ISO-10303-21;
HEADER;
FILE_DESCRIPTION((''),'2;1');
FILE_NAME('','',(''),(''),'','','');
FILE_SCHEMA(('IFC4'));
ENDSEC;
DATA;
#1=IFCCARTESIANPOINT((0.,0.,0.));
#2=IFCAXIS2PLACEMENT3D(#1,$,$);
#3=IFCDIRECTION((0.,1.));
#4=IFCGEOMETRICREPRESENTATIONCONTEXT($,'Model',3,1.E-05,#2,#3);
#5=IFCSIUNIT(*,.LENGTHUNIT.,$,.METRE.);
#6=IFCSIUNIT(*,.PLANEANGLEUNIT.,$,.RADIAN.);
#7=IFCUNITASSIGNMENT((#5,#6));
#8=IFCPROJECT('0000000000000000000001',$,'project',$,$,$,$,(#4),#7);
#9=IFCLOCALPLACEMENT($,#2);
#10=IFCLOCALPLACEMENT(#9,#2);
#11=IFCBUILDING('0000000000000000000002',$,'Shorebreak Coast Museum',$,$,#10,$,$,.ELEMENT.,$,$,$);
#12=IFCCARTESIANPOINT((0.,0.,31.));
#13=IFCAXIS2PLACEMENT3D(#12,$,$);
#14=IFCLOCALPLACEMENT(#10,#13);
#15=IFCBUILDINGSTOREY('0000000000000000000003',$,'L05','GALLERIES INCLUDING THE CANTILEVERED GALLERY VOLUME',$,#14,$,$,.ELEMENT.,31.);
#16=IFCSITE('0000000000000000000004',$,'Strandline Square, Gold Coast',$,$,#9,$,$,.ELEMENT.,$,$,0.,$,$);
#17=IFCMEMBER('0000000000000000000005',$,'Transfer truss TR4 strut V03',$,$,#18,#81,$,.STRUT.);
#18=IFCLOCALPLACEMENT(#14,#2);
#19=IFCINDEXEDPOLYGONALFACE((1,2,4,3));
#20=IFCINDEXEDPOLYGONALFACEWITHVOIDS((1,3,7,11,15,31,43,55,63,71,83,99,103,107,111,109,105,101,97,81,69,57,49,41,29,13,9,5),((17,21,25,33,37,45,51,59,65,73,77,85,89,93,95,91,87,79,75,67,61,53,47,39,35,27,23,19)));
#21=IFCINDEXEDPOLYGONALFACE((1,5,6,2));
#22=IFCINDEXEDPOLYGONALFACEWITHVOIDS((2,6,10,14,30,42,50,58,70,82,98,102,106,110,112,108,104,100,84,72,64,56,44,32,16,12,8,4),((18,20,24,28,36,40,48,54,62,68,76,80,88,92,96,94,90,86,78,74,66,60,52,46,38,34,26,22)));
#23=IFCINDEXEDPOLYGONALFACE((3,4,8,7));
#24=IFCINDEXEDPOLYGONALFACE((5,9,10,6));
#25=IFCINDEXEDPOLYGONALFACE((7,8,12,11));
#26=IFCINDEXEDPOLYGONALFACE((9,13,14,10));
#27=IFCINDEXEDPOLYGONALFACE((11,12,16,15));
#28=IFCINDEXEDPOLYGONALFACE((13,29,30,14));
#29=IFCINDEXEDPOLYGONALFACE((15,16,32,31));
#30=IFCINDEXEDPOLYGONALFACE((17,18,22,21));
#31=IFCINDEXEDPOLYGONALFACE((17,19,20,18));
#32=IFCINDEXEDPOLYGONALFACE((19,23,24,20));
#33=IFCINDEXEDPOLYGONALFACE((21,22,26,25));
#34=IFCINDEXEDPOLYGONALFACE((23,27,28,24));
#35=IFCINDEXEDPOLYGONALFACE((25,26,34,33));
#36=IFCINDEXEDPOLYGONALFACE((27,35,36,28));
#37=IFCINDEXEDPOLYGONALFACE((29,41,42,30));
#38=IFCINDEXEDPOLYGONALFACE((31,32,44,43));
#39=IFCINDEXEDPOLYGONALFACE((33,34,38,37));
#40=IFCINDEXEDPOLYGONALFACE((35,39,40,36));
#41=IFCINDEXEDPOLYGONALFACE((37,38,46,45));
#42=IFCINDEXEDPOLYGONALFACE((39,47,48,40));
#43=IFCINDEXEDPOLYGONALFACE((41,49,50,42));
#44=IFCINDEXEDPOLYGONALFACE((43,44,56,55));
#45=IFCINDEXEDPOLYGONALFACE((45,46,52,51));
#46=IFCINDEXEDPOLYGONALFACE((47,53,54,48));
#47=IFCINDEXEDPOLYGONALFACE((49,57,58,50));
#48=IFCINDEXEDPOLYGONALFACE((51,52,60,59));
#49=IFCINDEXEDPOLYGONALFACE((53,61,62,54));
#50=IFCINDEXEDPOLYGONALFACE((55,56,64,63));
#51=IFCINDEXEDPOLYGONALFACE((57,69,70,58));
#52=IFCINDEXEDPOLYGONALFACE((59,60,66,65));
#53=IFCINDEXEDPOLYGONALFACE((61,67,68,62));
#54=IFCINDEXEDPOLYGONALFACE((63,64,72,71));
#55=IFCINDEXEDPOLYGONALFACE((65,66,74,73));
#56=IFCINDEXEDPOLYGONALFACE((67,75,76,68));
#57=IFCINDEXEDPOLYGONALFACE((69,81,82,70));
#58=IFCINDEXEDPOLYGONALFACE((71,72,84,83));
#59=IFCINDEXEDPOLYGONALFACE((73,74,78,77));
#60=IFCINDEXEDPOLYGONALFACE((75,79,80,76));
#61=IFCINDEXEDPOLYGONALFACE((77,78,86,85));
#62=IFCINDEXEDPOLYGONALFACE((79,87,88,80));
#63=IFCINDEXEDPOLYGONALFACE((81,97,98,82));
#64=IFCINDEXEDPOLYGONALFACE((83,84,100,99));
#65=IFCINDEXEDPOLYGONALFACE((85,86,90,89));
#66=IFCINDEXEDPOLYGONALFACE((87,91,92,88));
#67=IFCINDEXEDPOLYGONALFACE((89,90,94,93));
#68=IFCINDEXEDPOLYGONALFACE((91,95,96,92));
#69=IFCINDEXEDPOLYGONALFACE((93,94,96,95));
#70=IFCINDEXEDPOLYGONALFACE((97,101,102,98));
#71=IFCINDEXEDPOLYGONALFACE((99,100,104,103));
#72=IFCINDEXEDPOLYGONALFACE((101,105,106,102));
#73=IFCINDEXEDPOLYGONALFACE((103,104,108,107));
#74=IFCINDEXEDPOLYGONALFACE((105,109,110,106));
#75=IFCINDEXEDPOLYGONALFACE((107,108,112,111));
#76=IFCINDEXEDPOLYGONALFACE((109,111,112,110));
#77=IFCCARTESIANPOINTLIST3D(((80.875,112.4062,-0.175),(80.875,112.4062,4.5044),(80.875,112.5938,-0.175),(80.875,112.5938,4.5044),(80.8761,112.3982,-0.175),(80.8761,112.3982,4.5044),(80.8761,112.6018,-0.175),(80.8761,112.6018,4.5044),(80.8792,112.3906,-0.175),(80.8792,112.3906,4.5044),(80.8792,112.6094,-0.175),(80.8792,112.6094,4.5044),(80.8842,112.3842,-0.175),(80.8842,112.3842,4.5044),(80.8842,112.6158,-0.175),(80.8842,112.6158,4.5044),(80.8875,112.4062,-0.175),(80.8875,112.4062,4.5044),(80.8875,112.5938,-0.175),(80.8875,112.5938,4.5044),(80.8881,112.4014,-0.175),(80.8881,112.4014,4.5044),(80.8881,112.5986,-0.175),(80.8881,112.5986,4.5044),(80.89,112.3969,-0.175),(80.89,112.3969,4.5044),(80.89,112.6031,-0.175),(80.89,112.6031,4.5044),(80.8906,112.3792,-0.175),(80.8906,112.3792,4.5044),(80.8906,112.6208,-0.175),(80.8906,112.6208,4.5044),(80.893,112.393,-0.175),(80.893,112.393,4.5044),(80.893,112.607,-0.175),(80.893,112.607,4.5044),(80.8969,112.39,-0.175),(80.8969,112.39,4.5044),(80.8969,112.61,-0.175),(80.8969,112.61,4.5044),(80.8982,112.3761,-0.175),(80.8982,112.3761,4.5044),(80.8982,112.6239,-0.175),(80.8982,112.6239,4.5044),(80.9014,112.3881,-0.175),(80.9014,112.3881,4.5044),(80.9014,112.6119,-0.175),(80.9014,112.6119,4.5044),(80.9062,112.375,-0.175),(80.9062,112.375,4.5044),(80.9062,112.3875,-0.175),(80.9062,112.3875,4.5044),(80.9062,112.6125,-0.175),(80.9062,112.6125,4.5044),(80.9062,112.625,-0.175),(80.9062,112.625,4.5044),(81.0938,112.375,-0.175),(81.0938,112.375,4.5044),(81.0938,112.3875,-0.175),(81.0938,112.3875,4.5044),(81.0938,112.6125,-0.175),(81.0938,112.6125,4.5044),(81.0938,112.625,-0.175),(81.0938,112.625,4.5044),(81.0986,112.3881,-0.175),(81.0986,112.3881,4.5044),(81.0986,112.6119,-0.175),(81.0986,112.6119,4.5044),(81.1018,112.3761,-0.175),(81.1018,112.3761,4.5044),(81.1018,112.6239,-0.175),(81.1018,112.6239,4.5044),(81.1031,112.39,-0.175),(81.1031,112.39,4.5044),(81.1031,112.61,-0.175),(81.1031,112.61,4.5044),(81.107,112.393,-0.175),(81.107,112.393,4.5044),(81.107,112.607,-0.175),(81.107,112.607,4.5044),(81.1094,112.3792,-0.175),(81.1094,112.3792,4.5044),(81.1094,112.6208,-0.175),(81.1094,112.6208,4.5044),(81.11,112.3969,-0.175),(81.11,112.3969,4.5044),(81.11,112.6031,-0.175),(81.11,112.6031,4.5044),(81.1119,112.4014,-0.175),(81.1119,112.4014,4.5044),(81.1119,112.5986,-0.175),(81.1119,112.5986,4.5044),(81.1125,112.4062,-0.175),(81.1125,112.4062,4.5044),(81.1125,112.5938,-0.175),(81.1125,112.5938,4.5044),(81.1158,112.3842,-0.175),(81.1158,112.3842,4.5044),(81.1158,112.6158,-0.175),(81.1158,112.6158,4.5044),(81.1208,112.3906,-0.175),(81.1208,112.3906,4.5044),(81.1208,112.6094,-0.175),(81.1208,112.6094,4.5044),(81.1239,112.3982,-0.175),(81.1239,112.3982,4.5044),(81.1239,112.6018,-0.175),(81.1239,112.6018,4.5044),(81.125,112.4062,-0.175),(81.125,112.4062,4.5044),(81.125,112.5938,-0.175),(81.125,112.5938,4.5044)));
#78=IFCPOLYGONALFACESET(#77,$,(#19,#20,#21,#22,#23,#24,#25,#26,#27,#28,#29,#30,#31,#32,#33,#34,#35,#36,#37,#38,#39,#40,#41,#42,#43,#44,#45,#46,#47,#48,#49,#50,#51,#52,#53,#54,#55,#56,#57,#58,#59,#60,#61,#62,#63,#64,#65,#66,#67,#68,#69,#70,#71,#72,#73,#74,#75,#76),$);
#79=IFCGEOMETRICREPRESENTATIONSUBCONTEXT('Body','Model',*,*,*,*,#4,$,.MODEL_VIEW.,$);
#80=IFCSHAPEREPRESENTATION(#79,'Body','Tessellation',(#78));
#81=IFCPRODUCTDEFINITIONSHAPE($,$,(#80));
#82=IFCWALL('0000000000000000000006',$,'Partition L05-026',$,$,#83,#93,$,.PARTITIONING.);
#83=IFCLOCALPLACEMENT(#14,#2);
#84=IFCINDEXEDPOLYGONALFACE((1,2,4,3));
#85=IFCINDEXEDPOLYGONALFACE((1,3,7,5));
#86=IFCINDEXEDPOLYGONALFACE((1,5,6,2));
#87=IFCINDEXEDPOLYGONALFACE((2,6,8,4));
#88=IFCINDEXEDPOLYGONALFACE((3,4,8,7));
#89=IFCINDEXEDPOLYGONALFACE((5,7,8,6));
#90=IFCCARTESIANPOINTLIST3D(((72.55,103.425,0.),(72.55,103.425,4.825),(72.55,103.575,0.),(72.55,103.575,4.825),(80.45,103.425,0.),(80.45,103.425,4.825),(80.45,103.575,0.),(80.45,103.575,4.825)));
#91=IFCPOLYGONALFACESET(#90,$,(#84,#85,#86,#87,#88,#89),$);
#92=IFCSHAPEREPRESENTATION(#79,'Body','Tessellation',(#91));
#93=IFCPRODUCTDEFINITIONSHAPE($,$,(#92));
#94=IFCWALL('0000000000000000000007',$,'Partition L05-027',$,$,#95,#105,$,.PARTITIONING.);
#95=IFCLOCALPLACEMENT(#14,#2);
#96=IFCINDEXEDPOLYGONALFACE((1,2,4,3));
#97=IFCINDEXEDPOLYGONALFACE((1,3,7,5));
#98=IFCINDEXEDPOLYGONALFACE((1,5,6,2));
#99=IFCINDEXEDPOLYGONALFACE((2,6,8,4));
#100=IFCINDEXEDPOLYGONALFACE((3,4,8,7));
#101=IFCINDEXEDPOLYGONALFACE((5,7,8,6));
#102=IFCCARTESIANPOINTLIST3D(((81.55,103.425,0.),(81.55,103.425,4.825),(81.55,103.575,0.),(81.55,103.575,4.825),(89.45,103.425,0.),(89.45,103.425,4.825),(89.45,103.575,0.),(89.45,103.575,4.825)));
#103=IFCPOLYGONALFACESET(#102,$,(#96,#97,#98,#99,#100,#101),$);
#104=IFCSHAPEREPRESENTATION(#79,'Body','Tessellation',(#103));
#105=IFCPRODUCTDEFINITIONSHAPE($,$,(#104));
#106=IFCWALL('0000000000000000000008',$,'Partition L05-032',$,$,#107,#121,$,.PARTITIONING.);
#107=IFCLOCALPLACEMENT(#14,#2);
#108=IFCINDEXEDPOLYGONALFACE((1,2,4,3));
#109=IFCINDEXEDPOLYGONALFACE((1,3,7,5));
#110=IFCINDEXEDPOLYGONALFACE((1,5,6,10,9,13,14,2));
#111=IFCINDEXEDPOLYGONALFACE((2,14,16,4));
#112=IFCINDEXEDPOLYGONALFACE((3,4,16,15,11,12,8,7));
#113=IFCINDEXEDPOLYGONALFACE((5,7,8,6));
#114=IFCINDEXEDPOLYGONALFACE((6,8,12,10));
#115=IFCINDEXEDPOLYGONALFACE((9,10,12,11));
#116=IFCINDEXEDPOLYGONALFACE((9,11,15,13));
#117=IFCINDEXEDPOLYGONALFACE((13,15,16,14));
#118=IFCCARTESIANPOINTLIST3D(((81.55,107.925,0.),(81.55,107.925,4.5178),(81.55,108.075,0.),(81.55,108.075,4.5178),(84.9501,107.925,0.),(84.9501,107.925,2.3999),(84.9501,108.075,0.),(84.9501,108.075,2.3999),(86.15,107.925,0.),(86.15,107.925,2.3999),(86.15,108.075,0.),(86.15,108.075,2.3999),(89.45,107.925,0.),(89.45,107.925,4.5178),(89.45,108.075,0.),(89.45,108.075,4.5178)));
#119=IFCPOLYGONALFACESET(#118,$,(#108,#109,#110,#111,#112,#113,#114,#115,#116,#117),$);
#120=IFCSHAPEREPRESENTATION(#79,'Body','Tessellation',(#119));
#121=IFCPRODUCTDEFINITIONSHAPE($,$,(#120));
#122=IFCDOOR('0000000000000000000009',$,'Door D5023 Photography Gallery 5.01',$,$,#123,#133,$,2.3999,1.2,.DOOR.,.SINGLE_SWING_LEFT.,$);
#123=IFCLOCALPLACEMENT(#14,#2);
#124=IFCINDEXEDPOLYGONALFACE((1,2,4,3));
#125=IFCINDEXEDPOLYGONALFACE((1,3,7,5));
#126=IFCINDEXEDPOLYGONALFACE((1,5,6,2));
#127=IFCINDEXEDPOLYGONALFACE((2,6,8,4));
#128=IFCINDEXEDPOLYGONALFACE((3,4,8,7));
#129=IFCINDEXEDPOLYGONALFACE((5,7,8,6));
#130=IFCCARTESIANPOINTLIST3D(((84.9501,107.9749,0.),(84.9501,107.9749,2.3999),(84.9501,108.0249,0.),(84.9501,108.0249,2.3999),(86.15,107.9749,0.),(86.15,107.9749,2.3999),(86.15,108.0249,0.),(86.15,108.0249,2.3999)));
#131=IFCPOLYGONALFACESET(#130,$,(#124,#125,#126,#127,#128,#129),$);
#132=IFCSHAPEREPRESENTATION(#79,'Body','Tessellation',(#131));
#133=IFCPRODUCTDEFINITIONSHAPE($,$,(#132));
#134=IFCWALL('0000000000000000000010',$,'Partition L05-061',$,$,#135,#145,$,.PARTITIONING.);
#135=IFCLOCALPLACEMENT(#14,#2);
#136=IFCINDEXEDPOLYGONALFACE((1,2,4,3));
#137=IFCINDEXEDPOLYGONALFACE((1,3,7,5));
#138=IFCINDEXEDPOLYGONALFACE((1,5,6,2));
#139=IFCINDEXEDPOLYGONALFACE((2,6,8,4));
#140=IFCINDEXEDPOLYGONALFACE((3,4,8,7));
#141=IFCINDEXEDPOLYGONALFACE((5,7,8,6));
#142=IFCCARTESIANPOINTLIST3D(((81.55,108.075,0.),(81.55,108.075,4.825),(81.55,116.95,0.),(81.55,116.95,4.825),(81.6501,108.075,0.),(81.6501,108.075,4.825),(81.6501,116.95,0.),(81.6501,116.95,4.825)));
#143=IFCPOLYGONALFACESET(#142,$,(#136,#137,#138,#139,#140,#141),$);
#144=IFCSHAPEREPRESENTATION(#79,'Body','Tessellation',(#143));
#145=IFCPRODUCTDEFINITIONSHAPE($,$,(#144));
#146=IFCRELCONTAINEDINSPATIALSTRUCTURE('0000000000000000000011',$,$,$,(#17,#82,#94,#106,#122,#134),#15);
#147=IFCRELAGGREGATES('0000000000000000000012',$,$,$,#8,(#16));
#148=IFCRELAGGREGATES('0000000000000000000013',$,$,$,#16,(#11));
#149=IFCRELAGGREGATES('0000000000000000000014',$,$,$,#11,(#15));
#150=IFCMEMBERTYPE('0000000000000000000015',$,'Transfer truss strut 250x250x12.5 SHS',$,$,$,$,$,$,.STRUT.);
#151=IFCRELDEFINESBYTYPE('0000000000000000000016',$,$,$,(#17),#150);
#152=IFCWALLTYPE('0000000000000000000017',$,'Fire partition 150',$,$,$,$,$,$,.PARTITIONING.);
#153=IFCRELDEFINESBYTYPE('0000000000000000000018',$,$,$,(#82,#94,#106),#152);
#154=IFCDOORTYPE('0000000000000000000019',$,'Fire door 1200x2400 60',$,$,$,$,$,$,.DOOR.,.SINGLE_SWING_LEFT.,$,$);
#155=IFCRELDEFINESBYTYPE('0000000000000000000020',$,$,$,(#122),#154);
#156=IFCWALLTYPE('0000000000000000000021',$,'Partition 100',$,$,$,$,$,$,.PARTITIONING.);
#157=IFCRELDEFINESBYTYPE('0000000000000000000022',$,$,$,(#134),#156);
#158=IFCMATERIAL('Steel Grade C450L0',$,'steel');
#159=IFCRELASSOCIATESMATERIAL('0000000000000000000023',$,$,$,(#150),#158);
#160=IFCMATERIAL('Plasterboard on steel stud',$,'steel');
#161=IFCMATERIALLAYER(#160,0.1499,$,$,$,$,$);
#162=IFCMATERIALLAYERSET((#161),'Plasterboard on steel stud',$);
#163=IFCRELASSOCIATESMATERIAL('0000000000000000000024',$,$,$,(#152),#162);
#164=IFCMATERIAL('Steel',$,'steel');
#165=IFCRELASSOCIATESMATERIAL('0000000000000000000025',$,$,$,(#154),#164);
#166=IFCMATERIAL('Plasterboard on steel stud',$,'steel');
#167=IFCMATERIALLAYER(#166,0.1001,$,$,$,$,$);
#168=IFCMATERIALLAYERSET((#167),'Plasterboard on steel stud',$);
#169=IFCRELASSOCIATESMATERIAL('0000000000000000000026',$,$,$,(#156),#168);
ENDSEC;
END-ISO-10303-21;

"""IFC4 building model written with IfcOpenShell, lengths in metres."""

from ifc_helpers import new_model, si_unit, direction, frame, frame_2d, origin, origin_2d, place, context, subcontext, project, spatial, rectangle, hollow_rectangle, extrude, material, layer, layer_set, material_profile, profile_set, type_object, element, fill, save


model = new_model("IFC4")

# Units and contexts
model_context = context("Model", 3, precision=1e-05, world=origin(), true_north=direction((0.0, 1.0)))
body_context = subcontext(model_context, "Body", "Model", "MODEL_VIEW")
ifc_project = project(units=[si_unit("LENGTHUNIT", "METRE"), si_unit("PLANEANGLEUNIT", "RADIAN")], contexts=[model_context])

# Site, building, storey
site_placement = place(None, origin())
site = spatial("IfcSite", under=ifc_project, at=site_placement, Name="Strandline Square, Gold Coast", CompositionType="ELEMENT", RefElevation=0.0)
building_placement = place(site_placement, origin())
building = spatial("IfcBuilding", under=site, at=building_placement, Name="Shorebreak Coast Museum", CompositionType="ELEMENT")
storey_placement = place(building_placement, frame((0.0, 0.0, 31.0)))
storey = spatial("IfcBuildingStorey", under=building, at=storey_placement, Name="L05", Description="GALLERIES INCLUDING THE CANTILEVERED GALLERY VOLUME", CompositionType="ELEMENT", Elevation=31.0)

# Member
ifc_material_1 = material(Name="Steel Grade C450L0", Category="steel")
ifc_material_profile_1 = material_profile(ifc_material_1, hollow_rectangle(XDim=0.25, YDim=0.25, WallThickness=0.0125, InnerFilletRadius=0.0188, OuterFilletRadius=0.0312, at=origin_2d()), Name="250x250x12.5 SHS")
ifc_profile_set_1 = profile_set([ifc_material_profile_1], Name="Steel Grade C450L0")
member_type_1 = type_object("IfcMemberType", Name="Transfer truss strut 250x250x12.5 SHS", PredefinedType="STRUT", material=ifc_profile_set_1)
for number, where, z_axis, x_axis, name in (
    (1, (81.0, 112.5, -0.175), (0.0, 0.0, 1.0), (1.0, 0.0, 0.0), "Transfer truss TR4 strut V03"),
):
    element("IfcMember", number, at=place(storey_placement, frame(where, z_axis=z_axis, x_axis=x_axis)), inside=storey, type_object=member_type_1, Name=name, PredefinedType="STRUT", context=body_context, shape_type="SweptSolid", body=[
        extrude(hollow_rectangle(XDim=0.25, YDim=0.25, WallThickness=0.0125, InnerFilletRadius=0.0188, OuterFilletRadius=0.0312, at=origin_2d()), origin(), (0.0, 0.0, 1.0), 4.6794),
    ])

# Walls
ifc_material_2 = material(Name="Plasterboard on steel stud", Category="steel")
ifc_layer_1 = layer(ifc_material_2, 0.1499)
ifc_layer_set_1 = layer_set([ifc_layer_1], Name="Plasterboard on steel stud")
wall_type_1 = type_object("IfcWallType", Name="Fire partition 150", PredefinedType="PARTITIONING", material=ifc_layer_set_1)
for number, where, z_axis, x_axis, name in (
    (2, (72.55, 103.5, 0.0), (0.0, 0.0, 1.0), (1.0, 0.0, 0.0), "Partition L05-026"),
    (3, (81.55, 103.5, 0.0), (0.0, 0.0, 1.0), (1.0, 0.0, 0.0), "Partition L05-027"),
):
    element("IfcWall", number, at=place(storey_placement, frame(where, z_axis=z_axis, x_axis=x_axis)), inside=storey, type_object=wall_type_1, Name=name, PredefinedType="PARTITIONING", context=body_context, shape_type="SweptSolid", body=[
        extrude(rectangle(XDim=7.8999, YDim=0.1499, at=frame_2d((3.95, 0.0))), origin(), (0.0, 0.0, 1.0), 4.825),
    ])

# Wall, opening, door
wall_1_placement = place(storey_placement, frame((81.55, 108.0, 0.0), z_axis=(0.0, 0.0, 1.0), x_axis=(1.0, 0.0, 0.0)))
wall_1 = element("IfcWall", 4, at=wall_1_placement, inside=storey, type_object=wall_type_1, Name="Partition L05-032", PredefinedType="PARTITIONING", context=body_context, shape_type="SweptSolid", body=[
    extrude(rectangle(XDim=7.8999, YDim=0.1499, at=frame_2d((3.95, 0.0))), origin(), (0.0, 0.0, 1.0), 4.5178),
])
opening_placement = place(wall_1_placement, frame((3.3999, 0.0, 0.0)))
opening = element("IfcOpeningElement", 5, at=opening_placement, cuts=wall_1, PredefinedType="OPENING", context=body_context, shape_type="SweptSolid", body=[
    extrude(rectangle(XDim=1.2, YDim=2.3999, at=frame_2d((0.6001, 1.2))), frame((0.0, 0.085, 0.0), z_axis=(0.0, -1.0, 0.0), x_axis=(1.0, 0.0, 0.0)), (0.0, 0.0, 1.0), 0.1699),
])
ifc_material_3 = material(Name="Steel", Category="steel")
door_type = type_object("IfcDoorType", Name="Fire door 1200x2400 60", OperationType="SINGLE_SWING_LEFT", PredefinedType="DOOR", material=ifc_material_3)
door_placement = place(opening_placement, origin())
door = element("IfcDoor", 6, at=door_placement, inside=storey, type_object=door_type, Name="Door D5023 Photography Gallery 5.01", OperationType="SINGLE_SWING_LEFT", OverallHeight=2.3999, OverallWidth=1.2, PredefinedType="DOOR", context=body_context, shape_type="SweptSolid", body=[
    extrude(rectangle(XDim=1.2, YDim=2.3999, at=frame_2d((0.6001, 1.2))), frame((0.0, 0.0249, 0.0), z_axis=(0.0, -1.0, 0.0), x_axis=(1.0, 0.0, 0.0)), (0.0, 0.0, 1.0), 0.05),
])
fill(opening, door)

# Wall
ifc_material_4 = material(Name="Plasterboard on steel stud", Category="steel")
ifc_layer_2 = layer(ifc_material_4, 0.1001)
ifc_layer_set_2 = layer_set([ifc_layer_2], Name="Plasterboard on steel stud")
wall_type_2 = type_object("IfcWallType", Name="Partition 100", PredefinedType="PARTITIONING", material=ifc_layer_set_2)
wall_2_placement = place(storey_placement, frame((81.6001, 108.075, 0.0), z_axis=(0.0, 0.0, 1.0), x_axis=(0.0, 1.0, 0.0)))
element("IfcWall", 7, at=wall_2_placement, inside=storey, type_object=wall_type_2, Name="Partition L05-061", PredefinedType="PARTITIONING", context=body_context, shape_type="SweptSolid", body=[
    extrude(rectangle(XDim=8.875, YDim=0.1001, at=frame_2d((4.4375, 0.0))), origin(), (0.0, 0.0, 1.0), 4.825),
])

save(model, "model.ifc")
